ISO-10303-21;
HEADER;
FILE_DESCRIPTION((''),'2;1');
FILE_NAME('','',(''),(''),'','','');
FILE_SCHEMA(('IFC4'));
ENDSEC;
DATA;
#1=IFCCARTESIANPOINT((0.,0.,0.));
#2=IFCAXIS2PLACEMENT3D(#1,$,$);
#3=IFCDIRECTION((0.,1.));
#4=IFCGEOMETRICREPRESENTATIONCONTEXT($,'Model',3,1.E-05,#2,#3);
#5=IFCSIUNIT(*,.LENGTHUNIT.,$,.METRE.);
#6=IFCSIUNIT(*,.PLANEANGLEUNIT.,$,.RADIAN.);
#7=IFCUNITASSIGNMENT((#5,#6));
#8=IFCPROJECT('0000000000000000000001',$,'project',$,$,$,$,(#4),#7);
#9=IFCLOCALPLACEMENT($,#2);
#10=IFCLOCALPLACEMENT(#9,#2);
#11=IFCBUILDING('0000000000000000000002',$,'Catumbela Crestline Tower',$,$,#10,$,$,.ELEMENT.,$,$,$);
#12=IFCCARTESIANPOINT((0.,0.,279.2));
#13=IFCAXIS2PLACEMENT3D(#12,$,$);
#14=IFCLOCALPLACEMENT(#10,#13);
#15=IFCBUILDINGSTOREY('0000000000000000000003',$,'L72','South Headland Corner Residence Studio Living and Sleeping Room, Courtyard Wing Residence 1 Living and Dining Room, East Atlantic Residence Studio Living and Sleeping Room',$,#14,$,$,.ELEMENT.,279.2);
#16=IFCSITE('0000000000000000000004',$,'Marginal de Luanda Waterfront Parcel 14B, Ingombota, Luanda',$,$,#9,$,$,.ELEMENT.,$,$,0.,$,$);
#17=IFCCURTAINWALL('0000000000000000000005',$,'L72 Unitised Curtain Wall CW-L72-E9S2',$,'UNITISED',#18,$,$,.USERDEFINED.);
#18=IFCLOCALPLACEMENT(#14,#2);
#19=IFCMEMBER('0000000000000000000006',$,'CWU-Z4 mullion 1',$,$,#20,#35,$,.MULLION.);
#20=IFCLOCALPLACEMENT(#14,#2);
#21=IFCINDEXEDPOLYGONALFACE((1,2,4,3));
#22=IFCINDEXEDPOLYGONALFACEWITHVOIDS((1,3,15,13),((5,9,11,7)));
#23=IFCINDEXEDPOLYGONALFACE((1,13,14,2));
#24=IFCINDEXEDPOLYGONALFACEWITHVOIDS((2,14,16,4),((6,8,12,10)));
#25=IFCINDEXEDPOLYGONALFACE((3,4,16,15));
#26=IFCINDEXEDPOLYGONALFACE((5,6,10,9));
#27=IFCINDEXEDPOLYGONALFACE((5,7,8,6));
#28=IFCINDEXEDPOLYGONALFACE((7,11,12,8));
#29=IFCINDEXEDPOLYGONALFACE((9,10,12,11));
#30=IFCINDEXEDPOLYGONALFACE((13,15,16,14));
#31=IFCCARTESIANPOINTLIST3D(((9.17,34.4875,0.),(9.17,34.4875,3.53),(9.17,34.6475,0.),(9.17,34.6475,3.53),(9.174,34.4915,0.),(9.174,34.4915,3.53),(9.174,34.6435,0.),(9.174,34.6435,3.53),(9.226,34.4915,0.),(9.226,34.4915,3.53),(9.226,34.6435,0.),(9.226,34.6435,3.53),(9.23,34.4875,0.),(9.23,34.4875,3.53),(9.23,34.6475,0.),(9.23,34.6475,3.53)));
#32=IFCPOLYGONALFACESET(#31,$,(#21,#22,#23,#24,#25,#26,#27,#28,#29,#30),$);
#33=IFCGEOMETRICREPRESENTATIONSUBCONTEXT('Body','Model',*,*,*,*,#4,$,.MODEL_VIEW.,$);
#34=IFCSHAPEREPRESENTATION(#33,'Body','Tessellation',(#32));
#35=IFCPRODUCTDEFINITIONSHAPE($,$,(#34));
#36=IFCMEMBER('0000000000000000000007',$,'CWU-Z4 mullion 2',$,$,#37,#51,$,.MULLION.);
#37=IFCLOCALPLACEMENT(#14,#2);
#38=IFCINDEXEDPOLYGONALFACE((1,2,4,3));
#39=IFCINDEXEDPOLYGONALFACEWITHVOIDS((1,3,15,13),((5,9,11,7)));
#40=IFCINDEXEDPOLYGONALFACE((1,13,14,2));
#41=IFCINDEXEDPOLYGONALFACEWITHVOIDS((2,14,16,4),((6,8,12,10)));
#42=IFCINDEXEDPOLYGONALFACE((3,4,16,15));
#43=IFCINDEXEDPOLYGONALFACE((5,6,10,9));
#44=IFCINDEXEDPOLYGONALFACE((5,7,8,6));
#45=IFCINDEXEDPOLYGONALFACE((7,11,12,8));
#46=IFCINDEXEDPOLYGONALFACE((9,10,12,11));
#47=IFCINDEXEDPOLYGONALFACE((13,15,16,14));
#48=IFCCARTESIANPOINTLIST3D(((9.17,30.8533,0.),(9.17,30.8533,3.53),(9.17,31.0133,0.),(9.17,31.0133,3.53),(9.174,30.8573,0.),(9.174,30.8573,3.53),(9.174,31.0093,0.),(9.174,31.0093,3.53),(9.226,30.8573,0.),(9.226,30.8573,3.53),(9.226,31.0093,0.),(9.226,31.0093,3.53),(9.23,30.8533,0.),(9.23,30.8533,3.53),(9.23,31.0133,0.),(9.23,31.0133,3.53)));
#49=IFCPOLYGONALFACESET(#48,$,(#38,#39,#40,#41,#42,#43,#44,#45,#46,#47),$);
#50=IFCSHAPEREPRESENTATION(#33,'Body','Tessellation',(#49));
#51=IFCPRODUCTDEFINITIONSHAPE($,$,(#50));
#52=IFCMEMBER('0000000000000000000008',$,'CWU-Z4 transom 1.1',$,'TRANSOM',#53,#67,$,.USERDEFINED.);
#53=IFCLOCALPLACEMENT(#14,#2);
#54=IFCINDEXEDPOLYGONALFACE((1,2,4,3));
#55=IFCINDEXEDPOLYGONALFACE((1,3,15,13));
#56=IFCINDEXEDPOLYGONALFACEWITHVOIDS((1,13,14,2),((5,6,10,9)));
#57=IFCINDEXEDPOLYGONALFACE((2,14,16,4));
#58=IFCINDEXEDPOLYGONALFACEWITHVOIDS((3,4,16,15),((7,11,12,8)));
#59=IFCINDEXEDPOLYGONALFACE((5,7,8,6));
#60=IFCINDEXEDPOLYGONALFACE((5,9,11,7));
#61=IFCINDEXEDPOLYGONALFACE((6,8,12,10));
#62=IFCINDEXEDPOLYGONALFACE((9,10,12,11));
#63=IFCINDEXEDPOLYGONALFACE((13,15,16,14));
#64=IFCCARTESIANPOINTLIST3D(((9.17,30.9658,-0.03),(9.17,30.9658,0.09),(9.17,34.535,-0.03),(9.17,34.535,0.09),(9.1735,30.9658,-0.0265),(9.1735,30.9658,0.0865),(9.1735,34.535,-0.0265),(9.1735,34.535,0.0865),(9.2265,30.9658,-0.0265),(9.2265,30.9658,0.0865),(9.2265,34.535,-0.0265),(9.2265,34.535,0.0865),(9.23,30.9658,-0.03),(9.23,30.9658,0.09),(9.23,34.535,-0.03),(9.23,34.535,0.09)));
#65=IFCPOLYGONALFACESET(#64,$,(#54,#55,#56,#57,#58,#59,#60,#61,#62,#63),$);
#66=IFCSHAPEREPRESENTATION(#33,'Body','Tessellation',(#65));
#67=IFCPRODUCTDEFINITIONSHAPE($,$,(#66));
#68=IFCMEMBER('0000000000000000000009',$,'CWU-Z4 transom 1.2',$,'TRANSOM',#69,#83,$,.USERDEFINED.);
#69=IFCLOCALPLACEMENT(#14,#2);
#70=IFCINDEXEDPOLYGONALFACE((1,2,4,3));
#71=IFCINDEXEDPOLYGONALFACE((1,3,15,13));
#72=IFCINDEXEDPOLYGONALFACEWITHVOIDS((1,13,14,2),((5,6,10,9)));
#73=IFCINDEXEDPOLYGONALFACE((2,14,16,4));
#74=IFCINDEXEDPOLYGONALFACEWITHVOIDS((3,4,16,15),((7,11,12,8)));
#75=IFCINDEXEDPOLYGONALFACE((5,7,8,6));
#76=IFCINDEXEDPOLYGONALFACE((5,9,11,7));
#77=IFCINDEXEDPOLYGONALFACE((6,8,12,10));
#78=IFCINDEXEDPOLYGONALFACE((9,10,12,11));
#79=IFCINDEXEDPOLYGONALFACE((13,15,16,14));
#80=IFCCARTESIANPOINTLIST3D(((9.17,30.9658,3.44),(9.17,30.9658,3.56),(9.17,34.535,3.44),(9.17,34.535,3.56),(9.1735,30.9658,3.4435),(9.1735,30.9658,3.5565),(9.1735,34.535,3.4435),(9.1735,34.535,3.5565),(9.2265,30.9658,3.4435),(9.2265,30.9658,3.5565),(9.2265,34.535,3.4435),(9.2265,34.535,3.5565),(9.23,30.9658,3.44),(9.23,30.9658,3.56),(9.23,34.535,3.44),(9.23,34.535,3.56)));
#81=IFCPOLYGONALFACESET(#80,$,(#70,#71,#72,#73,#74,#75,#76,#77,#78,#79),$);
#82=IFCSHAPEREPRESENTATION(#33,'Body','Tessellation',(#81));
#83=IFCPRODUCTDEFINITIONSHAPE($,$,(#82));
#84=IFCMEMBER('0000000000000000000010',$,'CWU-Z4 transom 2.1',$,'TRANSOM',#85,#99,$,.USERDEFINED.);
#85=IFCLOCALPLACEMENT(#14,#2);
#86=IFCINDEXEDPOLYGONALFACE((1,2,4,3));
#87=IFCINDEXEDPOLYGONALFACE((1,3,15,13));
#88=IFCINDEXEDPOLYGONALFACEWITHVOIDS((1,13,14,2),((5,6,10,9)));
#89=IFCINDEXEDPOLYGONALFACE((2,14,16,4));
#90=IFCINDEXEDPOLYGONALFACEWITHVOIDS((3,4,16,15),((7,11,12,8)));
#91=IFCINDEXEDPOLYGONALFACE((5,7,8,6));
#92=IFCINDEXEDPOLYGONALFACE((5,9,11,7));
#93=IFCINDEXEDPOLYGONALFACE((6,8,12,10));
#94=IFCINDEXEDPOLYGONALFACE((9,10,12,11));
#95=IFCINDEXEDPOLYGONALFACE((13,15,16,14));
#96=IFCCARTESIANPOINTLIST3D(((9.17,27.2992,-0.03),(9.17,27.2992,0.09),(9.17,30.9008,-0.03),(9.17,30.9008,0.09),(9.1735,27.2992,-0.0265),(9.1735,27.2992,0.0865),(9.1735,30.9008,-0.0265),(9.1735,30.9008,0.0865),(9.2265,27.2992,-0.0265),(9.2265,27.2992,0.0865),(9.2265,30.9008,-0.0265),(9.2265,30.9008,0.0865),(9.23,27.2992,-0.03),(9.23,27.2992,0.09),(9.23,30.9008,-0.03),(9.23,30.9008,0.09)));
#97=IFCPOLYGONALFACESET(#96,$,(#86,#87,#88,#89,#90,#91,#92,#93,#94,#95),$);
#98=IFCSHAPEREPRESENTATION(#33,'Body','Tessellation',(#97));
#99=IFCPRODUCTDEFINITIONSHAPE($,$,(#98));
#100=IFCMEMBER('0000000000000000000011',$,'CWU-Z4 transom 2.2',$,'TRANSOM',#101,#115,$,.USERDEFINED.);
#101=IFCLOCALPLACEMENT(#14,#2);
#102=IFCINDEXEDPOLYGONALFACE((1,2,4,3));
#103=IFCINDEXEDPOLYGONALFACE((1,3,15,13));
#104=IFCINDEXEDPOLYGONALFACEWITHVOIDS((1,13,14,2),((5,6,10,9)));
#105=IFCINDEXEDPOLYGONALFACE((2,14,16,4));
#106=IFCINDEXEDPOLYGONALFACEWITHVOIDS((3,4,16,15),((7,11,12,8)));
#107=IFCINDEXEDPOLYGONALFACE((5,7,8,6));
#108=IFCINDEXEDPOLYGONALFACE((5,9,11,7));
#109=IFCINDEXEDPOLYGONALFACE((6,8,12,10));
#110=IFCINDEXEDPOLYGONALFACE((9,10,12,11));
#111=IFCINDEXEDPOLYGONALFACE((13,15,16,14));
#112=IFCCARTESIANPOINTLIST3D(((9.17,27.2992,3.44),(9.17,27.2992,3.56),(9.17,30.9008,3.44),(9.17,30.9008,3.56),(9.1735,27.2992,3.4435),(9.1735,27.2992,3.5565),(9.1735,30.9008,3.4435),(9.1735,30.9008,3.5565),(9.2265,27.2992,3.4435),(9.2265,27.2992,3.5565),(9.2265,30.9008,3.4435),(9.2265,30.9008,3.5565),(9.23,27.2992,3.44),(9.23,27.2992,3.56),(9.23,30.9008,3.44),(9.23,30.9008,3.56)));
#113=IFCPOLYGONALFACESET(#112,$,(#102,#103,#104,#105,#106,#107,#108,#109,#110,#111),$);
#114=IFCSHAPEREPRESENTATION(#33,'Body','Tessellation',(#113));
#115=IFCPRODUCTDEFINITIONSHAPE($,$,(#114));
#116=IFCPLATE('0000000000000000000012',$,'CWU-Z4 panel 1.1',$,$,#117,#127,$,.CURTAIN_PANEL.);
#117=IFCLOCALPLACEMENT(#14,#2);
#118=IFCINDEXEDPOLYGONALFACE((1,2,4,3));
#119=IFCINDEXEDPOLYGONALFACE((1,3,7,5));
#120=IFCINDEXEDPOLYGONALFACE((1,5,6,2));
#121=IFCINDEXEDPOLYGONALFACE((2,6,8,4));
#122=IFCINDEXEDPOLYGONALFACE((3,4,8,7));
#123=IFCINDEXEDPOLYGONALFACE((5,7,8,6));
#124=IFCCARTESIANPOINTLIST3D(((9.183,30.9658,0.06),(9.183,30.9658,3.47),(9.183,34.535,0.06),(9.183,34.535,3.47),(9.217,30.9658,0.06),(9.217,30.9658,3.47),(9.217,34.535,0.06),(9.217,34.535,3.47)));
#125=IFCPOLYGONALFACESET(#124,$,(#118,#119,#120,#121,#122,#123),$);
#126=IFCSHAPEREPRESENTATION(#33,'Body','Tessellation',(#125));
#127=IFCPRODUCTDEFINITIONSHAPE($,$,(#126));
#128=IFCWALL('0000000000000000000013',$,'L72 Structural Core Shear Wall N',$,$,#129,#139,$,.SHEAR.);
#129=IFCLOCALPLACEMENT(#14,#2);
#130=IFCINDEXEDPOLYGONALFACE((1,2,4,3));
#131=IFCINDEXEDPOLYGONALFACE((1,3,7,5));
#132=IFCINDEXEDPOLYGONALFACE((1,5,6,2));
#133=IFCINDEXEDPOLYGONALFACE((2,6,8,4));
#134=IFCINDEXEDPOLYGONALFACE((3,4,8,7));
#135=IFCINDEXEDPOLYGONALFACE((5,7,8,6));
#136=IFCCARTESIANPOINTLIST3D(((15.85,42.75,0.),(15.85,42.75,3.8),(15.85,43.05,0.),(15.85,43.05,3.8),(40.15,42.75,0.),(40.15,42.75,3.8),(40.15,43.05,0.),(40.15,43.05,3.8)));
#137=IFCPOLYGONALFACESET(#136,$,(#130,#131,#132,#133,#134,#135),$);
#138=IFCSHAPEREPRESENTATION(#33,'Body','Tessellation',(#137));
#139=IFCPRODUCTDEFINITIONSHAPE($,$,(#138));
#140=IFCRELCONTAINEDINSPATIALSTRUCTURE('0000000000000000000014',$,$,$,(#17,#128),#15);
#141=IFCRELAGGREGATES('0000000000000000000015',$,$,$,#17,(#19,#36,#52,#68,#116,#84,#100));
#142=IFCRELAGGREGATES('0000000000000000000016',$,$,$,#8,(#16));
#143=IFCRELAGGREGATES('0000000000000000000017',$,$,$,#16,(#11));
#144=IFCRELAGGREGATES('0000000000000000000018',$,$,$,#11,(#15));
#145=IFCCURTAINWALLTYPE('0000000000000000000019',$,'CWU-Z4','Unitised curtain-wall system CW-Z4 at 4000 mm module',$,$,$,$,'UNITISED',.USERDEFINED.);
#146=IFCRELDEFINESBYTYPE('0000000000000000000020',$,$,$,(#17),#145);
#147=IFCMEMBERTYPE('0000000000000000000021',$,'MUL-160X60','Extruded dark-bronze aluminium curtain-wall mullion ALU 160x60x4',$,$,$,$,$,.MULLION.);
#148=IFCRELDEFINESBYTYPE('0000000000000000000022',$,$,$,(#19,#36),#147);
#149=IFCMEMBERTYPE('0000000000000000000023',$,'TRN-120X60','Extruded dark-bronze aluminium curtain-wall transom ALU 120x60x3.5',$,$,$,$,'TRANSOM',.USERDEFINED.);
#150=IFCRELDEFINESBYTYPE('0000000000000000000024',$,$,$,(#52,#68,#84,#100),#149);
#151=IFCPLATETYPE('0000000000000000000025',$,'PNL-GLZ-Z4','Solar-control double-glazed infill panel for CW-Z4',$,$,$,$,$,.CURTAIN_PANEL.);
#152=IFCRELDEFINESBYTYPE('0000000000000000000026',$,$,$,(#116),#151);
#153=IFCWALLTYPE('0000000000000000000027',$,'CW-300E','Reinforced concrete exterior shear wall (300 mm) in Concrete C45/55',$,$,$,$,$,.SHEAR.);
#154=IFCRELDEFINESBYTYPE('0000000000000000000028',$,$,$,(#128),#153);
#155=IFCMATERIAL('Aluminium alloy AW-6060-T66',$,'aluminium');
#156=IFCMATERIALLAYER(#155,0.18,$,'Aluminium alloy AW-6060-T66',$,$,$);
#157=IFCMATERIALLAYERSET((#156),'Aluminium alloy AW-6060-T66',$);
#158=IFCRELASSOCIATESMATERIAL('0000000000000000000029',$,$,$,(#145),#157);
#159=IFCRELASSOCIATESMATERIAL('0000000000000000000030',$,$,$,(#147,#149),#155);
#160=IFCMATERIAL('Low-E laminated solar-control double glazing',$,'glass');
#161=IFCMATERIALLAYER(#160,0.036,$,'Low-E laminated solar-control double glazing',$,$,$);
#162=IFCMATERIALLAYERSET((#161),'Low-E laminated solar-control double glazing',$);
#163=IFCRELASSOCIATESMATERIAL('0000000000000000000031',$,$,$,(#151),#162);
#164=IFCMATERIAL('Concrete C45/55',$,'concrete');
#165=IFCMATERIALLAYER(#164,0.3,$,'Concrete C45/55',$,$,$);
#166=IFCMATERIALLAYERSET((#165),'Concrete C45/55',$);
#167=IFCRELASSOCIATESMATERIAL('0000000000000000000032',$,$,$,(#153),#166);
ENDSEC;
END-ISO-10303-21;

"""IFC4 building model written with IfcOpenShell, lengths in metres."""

from ifc_helpers import new_model, si_unit, direction, frame, frame_2d, origin, origin_2d, place, context, subcontext, project, spatial, rectangle, hollow_rectangle, extrude, material, layer, layer_set, material_profile, profile_set, type_object, element, aggregate, save


model = new_model("IFC4")

# Units and contexts
model_context = context("Model", 3, precision=1e-05, world=origin(), true_north=direction((0.0, 1.0)))
body_context = subcontext(model_context, "Body", "Model", "MODEL_VIEW")
ifc_project = project(units=[si_unit("LENGTHUNIT", "METRE"), si_unit("PLANEANGLEUNIT", "RADIAN")], contexts=[model_context])

# Site, building, storey
site_placement = place(None, origin())
site = spatial("IfcSite", under=ifc_project, at=site_placement, Name="Marginal de Luanda Waterfront Parcel 14B, Ingombota, Luanda", CompositionType="ELEMENT", RefElevation=0.0)
building_placement = place(site_placement, origin())
building = spatial("IfcBuilding", under=site, at=building_placement, Name="Catumbela Crestline Tower", CompositionType="ELEMENT")
storey_placement = place(building_placement, frame((0.0, 0.0, 279.2)))
storey = spatial("IfcBuildingStorey", under=building, at=storey_placement, Name="L72", Description="South Headland Corner Residence Studio Living and Sleeping Room, Courtyard Wing Residence 1 Living and Dining Room, East Atlantic Residence Studio Living and Sleeping Room", CompositionType="ELEMENT", Elevation=279.2)

# Curtain wall, members, plate
ifc_material_1 = material(Name="Aluminium alloy AW-6060-T66", Category="aluminium")
ifc_layer_1 = layer(ifc_material_1, 0.18, Name="Aluminium alloy AW-6060-T66")
ifc_layer_set_1 = layer_set([ifc_layer_1], Name="Aluminium alloy AW-6060-T66")
curtain_wall_type = type_object("IfcCurtainWallType", Name="CWU-Z4", Description="Unitised curtain-wall system CW-Z4 at 4000 mm module", ElementType="UNITISED", PredefinedType="USERDEFINED", material=ifc_layer_set_1)
curtain_wall_placement = place(storey_placement, origin())
curtain_wall = element("IfcCurtainWall", 1, at=curtain_wall_placement, inside=storey, type_object=curtain_wall_type, Name="L72 Unitised Curtain Wall CW-L72-E9S2", ObjectType="UNITISED", PredefinedType="USERDEFINED")
ifc_material_profile_1 = material_profile(ifc_material_1, hollow_rectangle(XDim=0.06, YDim=0.16, WallThickness=0.004, at=origin_2d()), Name="ALU 160x60x4")
ifc_profile_set_1 = profile_set([ifc_material_profile_1], Name="Aluminium alloy AW-6060-T66")
member_type_1 = type_object("IfcMemberType", Name="MUL-160X60", Description="Extruded dark-bronze aluminium curtain-wall mullion ALU 160x60x4", PredefinedType="MULLION", material=ifc_profile_set_1)
member_1_placement = place(storey_placement, frame((9.2, 34.5675, 0.0), z_axis=(0.0, 0.0, 1.0), x_axis=(1.0, 0.0, 0.0)))
member_1 = element("IfcMember", 2, at=member_1_placement, type_object=member_type_1, Name="CWU-Z4 mullion 1", PredefinedType="MULLION", context=body_context, shape_type="SweptSolid", body=[
    extrude(hollow_rectangle(XDim=0.06, YDim=0.16, WallThickness=0.004, at=origin_2d()), origin(), (0.0, 0.0, 1.0), 3.53),
])
member_2_placement = place(storey_placement, frame((9.2, 30.9333, 0.0), z_axis=(0.0, 0.0, 1.0), x_axis=(1.0, 0.0, 0.0)))
member_2 = element("IfcMember", 3, at=member_2_placement, type_object=member_type_1, Name="CWU-Z4 mullion 2", PredefinedType="MULLION", context=body_context, shape_type="SweptSolid", body=[
    extrude(hollow_rectangle(XDim=0.06, YDim=0.16, WallThickness=0.004, at=origin_2d()), origin(), (0.0, 0.0, 1.0), 3.53),
])
ifc_material_profile_2 = material_profile(ifc_material_1, hollow_rectangle(XDim=0.06, YDim=0.12, WallThickness=0.0035, at=origin_2d()), Name="ALU 120x60x3.5")
ifc_profile_set_2 = profile_set([ifc_material_profile_2], Name="Aluminium alloy AW-6060-T66")
member_type_2 = type_object("IfcMemberType", Name="TRN-120X60", Description="Extruded dark-bronze aluminium curtain-wall transom ALU 120x60x3.5", ElementType="TRANSOM", PredefinedType="USERDEFINED", material=ifc_profile_set_2)
member_3_placement = place(storey_placement, frame((9.2, 34.535, 0.03), z_axis=(0.0, -1.0, 0.0), x_axis=(1.0, 0.0, 0.0)))
member_3 = element("IfcMember", 4, at=member_3_placement, type_object=member_type_2, Name="CWU-Z4 transom 1.1", ObjectType="TRANSOM", PredefinedType="USERDEFINED", context=body_context, shape_type="SweptSolid", body=[
    extrude(hollow_rectangle(XDim=0.06, YDim=0.12, WallThickness=0.0035, at=origin_2d()), origin(), (0.0, 0.0, 1.0), 3.5692),
])
member_4_placement = place(storey_placement, frame((9.2, 34.535, 3.5), z_axis=(0.0, -1.0, 0.0), x_axis=(1.0, 0.0, 0.0)))
member_4 = element("IfcMember", 5, at=member_4_placement, type_object=member_type_2, Name="CWU-Z4 transom 1.2", ObjectType="TRANSOM", PredefinedType="USERDEFINED", context=body_context, shape_type="SweptSolid", body=[
    extrude(hollow_rectangle(XDim=0.06, YDim=0.12, WallThickness=0.0035, at=origin_2d()), origin(), (0.0, 0.0, 1.0), 3.5692),
])
member_5_placement = place(storey_placement, frame((9.2, 30.9008, 0.03), z_axis=(0.0, -1.0, 0.0), x_axis=(1.0, 0.0, 0.0)))
member_5 = element("IfcMember", 6, at=member_5_placement, type_object=member_type_2, Name="CWU-Z4 transom 2.1", ObjectType="TRANSOM", PredefinedType="USERDEFINED", context=body_context, shape_type="SweptSolid", body=[
    extrude(hollow_rectangle(XDim=0.06, YDim=0.12, WallThickness=0.0035, at=origin_2d()), origin(), (0.0, 0.0, 1.0), 3.6016),
])
member_6_placement = place(storey_placement, frame((9.2, 30.9008, 3.5), z_axis=(0.0, -1.0, 0.0), x_axis=(1.0, 0.0, 0.0)))
member_6 = element("IfcMember", 7, at=member_6_placement, type_object=member_type_2, Name="CWU-Z4 transom 2.2", ObjectType="TRANSOM", PredefinedType="USERDEFINED", context=body_context, shape_type="SweptSolid", body=[
    extrude(hollow_rectangle(XDim=0.06, YDim=0.12, WallThickness=0.0035, at=origin_2d()), origin(), (0.0, 0.0, 1.0), 3.6016),
])
ifc_material_2 = material(Name="Low-E laminated solar-control double glazing", Category="glass")
ifc_layer_2 = layer(ifc_material_2, 0.036, Name="Low-E laminated solar-control double glazing")
ifc_layer_set_2 = layer_set([ifc_layer_2], Name="Low-E laminated solar-control double glazing")
plate_type = type_object("IfcPlateType", Name="PNL-GLZ-Z4", Description="Solar-control double-glazed infill panel for CW-Z4", PredefinedType="CURTAIN_PANEL", material=ifc_layer_set_2)
plate_placement = place(storey_placement, frame((9.2, 32.7504, 0.06), z_axis=(0.0, 0.0, 1.0), x_axis=(0.0, -1.0, 0.0)))
plate = element("IfcPlate", 8, at=plate_placement, type_object=plate_type, Name="CWU-Z4 panel 1.1", PredefinedType="CURTAIN_PANEL", context=body_context, shape_type="SweptSolid", body=[
    extrude(rectangle(XDim=3.5692, YDim=0.034, at=origin_2d()), origin(), (0.0, 0.0, 1.0), 3.41),
])
aggregate(curtain_wall, [member_1, member_2, member_3, member_4, plate, member_5, member_6])

# Wall
ifc_material_3 = material(Name="Concrete C45/55", Category="concrete")
ifc_layer_3 = layer(ifc_material_3, 0.3, Name="Concrete C45/55")
ifc_layer_set_3 = layer_set([ifc_layer_3], Name="Concrete C45/55")
wall_type_1 = type_object("IfcWallType", Name="CW-300E", Description="Reinforced concrete exterior shear wall (300 mm) in Concrete C45/55", PredefinedType="SHEAR", material=ifc_layer_set_3)
wall_1_placement = place(storey_placement, frame((15.85, 42.9, 0.0), z_axis=(0.0, 0.0, 1.0), x_axis=(1.0, 0.0, 0.0)))
element("IfcWall", 9, at=wall_1_placement, inside=storey, type_object=wall_type_1, Name="L72 Structural Core Shear Wall N", PredefinedType="SHEAR", context=body_context, shape_type="SweptSolid", body=[
    extrude(rectangle(XDim=24.3, YDim=0.3, at=frame_2d((12.15, 0.0))), origin(), (0.0, 0.0, 1.0), 3.8),
])

save(model, "model.ifc")
